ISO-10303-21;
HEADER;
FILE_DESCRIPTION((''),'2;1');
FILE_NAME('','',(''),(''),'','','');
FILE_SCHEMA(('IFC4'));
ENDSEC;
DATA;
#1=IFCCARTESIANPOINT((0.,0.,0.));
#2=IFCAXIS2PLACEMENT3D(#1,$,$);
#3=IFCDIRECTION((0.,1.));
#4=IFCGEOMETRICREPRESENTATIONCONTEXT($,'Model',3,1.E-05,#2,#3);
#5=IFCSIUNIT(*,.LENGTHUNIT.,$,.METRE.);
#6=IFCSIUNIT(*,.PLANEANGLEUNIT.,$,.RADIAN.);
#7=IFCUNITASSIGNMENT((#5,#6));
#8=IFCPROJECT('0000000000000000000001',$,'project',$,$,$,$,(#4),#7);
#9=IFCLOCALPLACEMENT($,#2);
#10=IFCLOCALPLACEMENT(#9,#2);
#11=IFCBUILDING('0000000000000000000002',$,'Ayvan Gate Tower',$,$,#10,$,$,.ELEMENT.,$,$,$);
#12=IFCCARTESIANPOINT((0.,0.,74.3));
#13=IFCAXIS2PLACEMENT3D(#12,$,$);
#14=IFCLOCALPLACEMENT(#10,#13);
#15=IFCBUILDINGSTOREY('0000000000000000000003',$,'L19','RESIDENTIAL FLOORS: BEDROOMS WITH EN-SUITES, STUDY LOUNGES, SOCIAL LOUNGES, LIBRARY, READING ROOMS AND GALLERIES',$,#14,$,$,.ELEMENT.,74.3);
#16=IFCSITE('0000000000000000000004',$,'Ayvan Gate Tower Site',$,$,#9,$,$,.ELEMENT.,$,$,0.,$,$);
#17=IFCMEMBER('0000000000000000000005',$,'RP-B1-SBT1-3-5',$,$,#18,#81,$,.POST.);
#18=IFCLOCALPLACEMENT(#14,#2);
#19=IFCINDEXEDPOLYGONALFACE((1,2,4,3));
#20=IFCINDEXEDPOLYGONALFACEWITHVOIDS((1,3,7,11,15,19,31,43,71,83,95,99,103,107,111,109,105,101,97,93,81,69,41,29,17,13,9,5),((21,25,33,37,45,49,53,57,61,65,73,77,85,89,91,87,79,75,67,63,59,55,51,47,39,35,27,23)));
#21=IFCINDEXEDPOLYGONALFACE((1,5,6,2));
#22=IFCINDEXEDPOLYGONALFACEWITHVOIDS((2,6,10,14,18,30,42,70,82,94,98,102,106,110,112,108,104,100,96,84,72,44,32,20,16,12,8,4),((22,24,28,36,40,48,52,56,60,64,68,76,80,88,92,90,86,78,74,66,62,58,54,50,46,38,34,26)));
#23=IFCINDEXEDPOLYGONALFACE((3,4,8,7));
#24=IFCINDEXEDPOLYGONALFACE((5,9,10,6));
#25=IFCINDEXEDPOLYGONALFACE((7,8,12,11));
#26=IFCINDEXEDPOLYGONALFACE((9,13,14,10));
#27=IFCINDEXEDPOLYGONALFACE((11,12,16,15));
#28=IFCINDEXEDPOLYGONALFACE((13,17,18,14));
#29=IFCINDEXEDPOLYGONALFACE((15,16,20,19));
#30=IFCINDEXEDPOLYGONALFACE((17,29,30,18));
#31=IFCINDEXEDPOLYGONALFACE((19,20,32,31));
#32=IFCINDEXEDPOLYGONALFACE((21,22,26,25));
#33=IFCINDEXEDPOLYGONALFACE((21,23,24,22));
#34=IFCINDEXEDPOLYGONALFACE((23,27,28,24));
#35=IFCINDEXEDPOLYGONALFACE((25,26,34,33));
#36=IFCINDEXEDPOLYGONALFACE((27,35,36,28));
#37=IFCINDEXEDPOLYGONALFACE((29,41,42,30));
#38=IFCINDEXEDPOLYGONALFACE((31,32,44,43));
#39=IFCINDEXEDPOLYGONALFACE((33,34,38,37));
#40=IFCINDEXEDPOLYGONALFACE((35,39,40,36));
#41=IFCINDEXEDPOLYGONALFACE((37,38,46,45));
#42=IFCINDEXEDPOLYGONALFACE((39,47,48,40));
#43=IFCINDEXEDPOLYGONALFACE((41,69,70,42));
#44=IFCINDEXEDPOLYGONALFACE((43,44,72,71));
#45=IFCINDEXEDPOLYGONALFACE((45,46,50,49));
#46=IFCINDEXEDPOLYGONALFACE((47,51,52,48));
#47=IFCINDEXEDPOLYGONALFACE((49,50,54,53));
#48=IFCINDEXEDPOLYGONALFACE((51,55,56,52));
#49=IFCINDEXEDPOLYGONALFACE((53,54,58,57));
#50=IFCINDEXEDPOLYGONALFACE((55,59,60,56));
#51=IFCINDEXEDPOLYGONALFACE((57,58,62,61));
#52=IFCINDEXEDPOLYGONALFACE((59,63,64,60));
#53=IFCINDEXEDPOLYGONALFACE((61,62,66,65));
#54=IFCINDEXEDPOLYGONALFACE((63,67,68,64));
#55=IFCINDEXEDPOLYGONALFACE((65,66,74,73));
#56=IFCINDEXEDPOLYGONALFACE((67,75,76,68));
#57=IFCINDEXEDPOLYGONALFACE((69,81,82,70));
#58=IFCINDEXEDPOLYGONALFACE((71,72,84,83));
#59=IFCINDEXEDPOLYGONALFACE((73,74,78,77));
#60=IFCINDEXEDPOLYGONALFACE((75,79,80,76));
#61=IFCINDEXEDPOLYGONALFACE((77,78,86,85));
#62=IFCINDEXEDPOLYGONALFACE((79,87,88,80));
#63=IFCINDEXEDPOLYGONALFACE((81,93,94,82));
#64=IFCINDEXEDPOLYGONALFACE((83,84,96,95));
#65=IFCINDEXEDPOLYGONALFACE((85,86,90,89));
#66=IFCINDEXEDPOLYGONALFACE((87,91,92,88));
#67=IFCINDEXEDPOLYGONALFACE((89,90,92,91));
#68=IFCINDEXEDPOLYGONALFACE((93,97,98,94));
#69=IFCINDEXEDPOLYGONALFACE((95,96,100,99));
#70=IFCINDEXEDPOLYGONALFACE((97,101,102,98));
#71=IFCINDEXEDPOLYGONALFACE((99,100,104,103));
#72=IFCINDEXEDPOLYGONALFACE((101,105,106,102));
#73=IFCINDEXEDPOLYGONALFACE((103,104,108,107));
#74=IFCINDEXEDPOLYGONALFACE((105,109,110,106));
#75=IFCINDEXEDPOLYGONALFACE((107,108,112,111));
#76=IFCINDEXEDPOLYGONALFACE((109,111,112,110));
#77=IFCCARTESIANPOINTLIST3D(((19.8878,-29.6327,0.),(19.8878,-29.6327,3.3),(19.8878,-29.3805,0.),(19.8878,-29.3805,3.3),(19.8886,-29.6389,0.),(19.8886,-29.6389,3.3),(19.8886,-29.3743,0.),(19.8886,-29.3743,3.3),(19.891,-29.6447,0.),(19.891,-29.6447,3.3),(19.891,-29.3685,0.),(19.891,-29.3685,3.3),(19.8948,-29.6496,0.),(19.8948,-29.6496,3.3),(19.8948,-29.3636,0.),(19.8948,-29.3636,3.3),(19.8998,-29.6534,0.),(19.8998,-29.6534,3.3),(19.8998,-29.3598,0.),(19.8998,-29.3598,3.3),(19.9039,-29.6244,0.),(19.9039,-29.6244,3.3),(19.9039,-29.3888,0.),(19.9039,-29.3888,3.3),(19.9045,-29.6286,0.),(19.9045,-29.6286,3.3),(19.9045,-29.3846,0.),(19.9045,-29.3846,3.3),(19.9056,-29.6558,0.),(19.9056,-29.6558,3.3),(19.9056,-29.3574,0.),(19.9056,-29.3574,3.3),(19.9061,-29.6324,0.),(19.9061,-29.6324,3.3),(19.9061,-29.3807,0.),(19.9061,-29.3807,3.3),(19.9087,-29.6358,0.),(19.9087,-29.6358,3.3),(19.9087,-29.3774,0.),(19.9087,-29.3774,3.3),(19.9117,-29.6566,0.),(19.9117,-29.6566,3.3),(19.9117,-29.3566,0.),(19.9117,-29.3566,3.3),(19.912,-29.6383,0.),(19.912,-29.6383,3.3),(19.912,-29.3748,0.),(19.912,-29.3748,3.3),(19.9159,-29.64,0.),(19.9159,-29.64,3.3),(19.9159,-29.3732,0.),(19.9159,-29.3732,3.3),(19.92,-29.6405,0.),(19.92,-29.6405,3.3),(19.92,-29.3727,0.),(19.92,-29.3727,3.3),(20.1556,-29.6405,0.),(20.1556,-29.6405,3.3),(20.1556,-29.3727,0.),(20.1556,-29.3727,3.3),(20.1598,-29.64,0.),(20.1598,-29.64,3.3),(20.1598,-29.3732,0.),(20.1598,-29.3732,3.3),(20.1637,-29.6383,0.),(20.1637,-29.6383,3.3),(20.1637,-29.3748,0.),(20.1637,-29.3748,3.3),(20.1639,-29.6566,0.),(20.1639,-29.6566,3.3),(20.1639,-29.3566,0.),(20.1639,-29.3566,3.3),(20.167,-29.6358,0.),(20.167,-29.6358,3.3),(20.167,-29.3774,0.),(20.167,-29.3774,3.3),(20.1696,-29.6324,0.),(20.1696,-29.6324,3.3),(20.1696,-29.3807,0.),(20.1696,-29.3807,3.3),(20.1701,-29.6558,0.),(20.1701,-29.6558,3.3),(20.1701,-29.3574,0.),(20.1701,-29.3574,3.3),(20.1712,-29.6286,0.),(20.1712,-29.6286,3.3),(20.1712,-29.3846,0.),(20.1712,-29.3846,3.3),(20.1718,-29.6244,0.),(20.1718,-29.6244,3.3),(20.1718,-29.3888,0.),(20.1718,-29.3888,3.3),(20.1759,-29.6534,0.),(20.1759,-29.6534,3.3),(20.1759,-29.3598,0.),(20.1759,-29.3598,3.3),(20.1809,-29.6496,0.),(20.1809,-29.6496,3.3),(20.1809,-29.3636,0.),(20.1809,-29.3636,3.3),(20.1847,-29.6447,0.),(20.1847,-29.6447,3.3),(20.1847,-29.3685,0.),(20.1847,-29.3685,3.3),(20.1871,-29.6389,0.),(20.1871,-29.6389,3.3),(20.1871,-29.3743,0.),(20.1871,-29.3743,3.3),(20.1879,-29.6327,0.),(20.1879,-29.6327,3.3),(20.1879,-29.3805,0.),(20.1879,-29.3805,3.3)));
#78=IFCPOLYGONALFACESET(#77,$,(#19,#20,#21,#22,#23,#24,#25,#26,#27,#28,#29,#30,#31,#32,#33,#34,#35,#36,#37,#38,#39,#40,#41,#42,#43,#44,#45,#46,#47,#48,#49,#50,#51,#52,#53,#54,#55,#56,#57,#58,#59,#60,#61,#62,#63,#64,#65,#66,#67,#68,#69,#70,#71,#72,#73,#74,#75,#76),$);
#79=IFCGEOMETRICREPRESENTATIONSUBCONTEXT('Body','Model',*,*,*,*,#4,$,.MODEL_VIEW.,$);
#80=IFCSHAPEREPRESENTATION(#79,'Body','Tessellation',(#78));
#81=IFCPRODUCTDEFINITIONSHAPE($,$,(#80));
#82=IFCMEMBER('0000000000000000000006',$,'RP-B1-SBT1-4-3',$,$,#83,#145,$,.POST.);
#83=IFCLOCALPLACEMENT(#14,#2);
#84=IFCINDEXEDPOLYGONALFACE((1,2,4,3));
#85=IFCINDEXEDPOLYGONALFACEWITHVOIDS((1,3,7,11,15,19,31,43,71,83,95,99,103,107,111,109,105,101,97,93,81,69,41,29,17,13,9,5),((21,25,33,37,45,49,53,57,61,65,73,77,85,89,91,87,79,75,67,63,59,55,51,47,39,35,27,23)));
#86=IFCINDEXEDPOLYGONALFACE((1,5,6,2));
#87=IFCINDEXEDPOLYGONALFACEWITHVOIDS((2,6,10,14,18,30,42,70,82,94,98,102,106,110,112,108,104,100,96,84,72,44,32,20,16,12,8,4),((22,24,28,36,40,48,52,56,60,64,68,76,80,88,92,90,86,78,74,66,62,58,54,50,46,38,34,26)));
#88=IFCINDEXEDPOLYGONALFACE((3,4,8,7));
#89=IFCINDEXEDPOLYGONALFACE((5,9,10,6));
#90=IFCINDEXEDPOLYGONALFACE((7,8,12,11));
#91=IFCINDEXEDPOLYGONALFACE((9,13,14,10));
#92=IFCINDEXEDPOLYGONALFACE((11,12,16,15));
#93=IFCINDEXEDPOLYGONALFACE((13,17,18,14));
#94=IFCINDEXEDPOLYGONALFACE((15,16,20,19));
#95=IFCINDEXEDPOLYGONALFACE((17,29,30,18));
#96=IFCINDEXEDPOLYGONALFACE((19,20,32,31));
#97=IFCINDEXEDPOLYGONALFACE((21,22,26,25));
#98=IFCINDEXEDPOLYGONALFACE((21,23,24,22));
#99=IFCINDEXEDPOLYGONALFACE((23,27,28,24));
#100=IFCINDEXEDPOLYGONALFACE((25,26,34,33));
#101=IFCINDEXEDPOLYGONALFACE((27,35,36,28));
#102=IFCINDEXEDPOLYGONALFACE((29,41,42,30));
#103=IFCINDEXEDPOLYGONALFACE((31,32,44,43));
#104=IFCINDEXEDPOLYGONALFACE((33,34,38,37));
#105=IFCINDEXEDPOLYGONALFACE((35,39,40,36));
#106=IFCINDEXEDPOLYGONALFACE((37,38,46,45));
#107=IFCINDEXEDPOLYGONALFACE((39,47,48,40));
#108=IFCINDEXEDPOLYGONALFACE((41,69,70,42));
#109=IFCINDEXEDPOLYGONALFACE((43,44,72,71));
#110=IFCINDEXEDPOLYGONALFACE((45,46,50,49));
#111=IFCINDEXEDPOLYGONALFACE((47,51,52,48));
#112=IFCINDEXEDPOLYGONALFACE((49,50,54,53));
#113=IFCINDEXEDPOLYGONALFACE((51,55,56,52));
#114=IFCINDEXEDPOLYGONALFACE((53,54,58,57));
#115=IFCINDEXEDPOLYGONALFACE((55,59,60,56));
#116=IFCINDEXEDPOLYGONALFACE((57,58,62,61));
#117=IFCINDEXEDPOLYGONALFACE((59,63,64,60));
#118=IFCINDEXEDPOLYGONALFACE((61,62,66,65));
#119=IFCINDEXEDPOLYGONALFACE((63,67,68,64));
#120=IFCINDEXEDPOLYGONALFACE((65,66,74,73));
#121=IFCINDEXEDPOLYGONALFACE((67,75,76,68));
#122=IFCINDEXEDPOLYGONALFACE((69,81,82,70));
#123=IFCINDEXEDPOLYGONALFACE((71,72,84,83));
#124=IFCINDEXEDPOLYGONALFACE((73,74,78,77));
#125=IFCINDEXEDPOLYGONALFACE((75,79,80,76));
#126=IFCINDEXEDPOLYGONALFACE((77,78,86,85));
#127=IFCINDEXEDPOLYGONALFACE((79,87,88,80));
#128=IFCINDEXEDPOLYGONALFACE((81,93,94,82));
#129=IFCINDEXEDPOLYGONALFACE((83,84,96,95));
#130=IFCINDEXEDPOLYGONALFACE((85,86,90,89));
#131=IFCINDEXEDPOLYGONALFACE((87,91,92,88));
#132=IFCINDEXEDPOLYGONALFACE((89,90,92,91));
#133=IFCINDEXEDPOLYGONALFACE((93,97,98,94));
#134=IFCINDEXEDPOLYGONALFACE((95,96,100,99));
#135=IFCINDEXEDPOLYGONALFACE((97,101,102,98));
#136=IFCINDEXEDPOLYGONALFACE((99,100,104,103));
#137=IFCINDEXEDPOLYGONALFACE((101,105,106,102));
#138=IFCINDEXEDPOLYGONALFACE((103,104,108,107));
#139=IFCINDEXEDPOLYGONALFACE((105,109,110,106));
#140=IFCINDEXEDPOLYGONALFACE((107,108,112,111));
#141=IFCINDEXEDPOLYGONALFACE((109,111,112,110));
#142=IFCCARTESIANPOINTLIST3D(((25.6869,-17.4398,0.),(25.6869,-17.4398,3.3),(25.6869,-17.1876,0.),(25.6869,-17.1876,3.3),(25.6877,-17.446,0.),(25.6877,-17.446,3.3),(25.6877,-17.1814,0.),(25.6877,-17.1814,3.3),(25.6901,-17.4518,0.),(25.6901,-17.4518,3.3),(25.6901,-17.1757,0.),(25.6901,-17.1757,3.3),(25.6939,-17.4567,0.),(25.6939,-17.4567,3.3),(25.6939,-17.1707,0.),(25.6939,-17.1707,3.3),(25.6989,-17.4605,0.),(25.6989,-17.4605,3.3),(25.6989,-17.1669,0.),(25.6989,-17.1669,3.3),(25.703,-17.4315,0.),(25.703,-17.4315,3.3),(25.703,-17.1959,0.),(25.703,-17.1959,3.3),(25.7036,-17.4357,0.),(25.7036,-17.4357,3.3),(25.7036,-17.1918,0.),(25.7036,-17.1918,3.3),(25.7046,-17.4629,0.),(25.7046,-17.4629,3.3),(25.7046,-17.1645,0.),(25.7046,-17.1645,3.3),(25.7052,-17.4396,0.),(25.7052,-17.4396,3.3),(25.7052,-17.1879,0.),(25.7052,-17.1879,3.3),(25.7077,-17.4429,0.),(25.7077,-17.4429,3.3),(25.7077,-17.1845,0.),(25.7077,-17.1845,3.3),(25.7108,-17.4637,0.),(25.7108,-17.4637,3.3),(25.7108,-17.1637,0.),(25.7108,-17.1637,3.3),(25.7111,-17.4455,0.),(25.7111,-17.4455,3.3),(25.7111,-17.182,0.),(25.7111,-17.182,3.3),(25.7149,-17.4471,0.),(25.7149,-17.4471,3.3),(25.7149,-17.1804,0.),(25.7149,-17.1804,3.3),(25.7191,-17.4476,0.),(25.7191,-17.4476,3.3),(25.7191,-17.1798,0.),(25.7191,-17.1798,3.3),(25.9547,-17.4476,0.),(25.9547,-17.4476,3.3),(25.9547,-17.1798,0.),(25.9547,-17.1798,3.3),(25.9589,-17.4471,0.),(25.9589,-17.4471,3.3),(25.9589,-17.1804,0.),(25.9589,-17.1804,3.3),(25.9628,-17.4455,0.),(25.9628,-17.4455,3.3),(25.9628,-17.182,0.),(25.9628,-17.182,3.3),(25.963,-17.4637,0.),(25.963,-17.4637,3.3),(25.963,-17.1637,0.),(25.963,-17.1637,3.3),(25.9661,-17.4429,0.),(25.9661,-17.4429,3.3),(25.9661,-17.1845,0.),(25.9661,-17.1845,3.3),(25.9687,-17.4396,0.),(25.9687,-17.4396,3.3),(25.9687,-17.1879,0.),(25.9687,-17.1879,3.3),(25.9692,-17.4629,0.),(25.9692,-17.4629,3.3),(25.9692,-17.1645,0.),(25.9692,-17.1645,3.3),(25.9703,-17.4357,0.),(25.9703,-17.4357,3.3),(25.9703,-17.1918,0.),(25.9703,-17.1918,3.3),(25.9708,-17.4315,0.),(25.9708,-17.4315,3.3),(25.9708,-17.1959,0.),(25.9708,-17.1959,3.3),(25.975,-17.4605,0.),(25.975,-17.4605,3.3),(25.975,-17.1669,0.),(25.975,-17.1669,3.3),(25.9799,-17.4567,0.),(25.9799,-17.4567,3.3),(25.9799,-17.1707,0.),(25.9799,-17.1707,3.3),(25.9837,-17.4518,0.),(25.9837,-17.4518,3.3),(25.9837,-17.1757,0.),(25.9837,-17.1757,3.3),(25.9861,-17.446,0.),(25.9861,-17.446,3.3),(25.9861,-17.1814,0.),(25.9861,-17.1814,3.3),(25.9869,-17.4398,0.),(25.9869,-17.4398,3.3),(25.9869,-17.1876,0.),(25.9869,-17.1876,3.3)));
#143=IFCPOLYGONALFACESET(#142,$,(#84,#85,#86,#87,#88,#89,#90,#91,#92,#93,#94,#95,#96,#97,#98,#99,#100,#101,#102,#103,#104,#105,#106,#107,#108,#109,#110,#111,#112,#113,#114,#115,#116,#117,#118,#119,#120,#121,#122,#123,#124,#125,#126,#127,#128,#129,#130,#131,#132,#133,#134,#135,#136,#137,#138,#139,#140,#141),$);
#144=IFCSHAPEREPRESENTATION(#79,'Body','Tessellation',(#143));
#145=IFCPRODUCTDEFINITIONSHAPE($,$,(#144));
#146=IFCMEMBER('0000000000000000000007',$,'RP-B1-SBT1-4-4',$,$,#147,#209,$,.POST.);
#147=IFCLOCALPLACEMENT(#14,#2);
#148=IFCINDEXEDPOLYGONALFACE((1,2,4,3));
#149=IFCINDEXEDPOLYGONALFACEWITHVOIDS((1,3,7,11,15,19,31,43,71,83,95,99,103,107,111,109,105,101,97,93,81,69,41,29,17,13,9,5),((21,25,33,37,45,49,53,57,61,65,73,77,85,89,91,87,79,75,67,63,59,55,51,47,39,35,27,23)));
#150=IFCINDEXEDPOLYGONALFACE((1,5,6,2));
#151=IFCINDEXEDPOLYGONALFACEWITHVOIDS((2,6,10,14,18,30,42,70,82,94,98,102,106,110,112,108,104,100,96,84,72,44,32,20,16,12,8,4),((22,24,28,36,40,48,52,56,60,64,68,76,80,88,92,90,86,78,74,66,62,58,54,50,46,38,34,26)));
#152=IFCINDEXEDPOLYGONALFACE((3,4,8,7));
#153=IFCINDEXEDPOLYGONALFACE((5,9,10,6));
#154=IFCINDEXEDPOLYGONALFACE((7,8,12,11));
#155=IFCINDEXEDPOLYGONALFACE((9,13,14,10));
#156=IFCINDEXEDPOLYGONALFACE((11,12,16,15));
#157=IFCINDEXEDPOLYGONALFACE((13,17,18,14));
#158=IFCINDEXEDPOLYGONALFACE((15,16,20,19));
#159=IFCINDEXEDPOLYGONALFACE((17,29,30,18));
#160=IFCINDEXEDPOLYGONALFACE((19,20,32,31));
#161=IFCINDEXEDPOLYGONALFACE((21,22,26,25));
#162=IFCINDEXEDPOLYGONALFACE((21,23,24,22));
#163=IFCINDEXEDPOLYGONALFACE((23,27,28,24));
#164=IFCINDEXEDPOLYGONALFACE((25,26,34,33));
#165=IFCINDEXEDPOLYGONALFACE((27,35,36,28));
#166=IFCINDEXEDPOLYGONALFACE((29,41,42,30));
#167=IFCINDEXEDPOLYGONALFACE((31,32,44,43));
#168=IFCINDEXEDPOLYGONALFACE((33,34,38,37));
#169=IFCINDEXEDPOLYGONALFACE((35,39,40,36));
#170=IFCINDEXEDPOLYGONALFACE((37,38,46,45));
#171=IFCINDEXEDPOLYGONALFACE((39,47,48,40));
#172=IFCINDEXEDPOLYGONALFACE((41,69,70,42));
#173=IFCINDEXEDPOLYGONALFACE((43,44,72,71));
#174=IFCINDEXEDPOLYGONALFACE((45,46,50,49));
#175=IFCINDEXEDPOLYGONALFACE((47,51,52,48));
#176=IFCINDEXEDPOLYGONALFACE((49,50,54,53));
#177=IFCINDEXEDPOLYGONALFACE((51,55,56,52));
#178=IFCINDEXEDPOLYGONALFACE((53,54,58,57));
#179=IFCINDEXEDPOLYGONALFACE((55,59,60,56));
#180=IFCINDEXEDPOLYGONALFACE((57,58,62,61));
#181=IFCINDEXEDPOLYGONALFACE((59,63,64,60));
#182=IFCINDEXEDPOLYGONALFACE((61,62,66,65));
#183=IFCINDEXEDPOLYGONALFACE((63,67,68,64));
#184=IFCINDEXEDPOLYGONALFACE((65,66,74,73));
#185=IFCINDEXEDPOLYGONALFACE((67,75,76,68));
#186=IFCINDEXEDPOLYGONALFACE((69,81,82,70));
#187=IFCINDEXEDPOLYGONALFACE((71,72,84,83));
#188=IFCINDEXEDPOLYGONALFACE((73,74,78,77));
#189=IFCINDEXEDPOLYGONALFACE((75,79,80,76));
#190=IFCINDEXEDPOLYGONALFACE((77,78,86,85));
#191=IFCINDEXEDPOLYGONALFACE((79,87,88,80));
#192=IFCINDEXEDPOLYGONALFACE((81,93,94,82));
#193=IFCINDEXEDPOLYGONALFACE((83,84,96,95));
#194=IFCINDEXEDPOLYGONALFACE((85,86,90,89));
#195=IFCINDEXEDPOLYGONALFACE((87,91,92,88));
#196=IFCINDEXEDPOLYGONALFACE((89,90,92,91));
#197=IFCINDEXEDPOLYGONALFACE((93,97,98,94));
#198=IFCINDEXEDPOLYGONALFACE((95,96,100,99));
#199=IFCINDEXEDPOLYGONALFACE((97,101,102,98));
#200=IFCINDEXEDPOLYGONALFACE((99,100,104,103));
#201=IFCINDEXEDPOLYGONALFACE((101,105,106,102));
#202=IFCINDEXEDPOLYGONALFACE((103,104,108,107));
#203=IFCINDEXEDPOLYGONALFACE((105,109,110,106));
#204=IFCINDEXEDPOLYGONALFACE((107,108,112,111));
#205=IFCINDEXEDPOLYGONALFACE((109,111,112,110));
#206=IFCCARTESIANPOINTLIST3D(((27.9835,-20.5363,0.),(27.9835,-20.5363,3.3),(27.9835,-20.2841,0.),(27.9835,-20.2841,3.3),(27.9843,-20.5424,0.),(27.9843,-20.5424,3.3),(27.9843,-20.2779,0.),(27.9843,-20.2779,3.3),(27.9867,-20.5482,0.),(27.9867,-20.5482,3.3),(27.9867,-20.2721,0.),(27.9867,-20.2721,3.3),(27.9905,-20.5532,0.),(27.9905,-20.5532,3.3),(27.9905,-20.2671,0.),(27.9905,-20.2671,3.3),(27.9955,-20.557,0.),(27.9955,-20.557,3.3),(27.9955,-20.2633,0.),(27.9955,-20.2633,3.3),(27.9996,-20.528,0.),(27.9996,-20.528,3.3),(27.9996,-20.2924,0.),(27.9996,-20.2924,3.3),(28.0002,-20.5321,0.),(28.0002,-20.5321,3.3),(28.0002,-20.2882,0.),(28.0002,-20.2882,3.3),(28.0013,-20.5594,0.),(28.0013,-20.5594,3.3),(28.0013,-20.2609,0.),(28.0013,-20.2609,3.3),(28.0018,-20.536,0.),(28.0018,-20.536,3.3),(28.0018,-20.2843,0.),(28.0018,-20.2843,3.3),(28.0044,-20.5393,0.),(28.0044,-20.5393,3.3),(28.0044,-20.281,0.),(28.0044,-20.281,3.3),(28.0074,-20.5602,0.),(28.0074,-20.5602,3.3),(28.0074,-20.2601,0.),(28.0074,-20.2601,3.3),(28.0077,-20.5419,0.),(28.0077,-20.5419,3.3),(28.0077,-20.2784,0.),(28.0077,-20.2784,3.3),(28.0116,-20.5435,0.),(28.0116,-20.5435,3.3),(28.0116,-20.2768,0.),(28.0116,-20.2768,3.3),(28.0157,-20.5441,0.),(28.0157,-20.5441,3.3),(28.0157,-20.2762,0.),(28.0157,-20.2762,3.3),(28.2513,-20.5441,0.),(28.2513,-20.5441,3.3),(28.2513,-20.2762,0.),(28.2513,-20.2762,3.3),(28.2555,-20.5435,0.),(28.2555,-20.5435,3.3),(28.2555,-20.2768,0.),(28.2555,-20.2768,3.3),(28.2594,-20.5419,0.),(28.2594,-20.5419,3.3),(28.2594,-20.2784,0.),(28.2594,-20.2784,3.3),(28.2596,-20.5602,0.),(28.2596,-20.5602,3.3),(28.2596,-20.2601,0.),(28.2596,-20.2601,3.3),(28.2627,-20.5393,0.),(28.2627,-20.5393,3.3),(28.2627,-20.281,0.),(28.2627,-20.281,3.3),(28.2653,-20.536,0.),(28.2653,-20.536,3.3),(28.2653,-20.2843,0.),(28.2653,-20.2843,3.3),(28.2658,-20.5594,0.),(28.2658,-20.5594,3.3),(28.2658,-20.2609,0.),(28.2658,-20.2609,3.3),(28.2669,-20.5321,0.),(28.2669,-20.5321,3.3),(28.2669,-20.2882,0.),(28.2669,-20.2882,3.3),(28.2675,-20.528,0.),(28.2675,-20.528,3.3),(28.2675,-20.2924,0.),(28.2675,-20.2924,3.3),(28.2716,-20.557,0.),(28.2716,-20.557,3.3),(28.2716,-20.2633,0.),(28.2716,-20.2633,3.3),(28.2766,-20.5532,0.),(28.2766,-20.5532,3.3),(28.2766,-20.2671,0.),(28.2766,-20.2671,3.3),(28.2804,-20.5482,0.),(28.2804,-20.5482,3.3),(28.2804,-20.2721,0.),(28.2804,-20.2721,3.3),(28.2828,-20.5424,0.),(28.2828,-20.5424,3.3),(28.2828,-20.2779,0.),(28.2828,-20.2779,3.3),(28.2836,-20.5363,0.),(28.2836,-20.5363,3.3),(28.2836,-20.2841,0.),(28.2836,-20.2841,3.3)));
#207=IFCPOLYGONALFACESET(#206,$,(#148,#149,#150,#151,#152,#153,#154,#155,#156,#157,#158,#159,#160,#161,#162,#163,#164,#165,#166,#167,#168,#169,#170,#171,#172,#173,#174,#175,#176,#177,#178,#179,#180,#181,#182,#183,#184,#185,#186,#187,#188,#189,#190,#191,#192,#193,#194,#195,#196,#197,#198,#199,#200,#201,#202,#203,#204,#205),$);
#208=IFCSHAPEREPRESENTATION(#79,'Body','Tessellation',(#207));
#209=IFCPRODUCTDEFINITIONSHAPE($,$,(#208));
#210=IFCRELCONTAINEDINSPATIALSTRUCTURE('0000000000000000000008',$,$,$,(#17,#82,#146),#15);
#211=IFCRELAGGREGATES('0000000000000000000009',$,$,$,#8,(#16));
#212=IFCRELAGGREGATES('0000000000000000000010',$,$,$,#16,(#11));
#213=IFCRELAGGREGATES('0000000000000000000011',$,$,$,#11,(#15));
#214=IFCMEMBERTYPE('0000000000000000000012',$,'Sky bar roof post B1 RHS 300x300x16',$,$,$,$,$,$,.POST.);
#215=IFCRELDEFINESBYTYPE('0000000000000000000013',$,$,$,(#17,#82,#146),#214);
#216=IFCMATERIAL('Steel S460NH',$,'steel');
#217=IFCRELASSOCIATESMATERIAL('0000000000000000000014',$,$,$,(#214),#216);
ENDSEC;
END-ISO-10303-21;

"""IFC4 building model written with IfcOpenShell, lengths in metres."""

from ifc_helpers import new_model, si_unit, direction, frame, origin, origin_2d, place, context, subcontext, project, spatial, hollow_rectangle, extrude, material, material_profile, profile_set, type_object, element, save


model = new_model("IFC4")

# Units and contexts
model_context = context("Model", 3, precision=1e-05, world=origin(), true_north=direction((0.0, 1.0)))
body_context = subcontext(model_context, "Body", "Model", "MODEL_VIEW")
ifc_project = project(units=[si_unit("LENGTHUNIT", "METRE"), si_unit("PLANEANGLEUNIT", "RADIAN")], contexts=[model_context])

# Site, building, storey
site_placement = place(None, origin())
site = spatial("IfcSite", under=ifc_project, at=site_placement, Name="Ayvan Gate Tower Site", CompositionType="ELEMENT", RefElevation=0.0)
building_placement = place(site_placement, origin())
building = spatial("IfcBuilding", under=site, at=building_placement, Name="Ayvan Gate Tower", CompositionType="ELEMENT")
storey_placement = place(building_placement, frame((0.0, 0.0, 74.3)))
storey = spatial("IfcBuildingStorey", under=building, at=storey_placement, Name="L19", Description="RESIDENTIAL FLOORS: BEDROOMS WITH EN-SUITES, STUDY LOUNGES, SOCIAL LOUNGES, LIBRARY, READING ROOMS AND GALLERIES", CompositionType="ELEMENT", Elevation=74.3)

# Members
ifc_material_1 = material(Name="Steel S460NH", Category="steel")
ifc_material_profile_1 = material_profile(ifc_material_1, hollow_rectangle(XDim=0.3, YDim=0.3, WallThickness=0.0161, InnerFilletRadius=0.0161, OuterFilletRadius=0.0239, at=origin_2d()), Name="RHS 300x300x16")
ifc_profile_set_1 = profile_set([ifc_material_profile_1], Name="Steel S460NH")
member_type_1 = type_object("IfcMemberType", Name="Sky bar roof post B1 RHS 300x300x16", PredefinedType="POST", material=ifc_profile_set_1)
for number, where, z_axis, x_axis, name in (
    (1, (20.0378, -29.5066, 0.0), (0.0, 0.0, 1.0), (1.0, 0.0, 0.0), "RP-B1-SBT1-3-5"),
    (2, (25.8369, -17.3137, 0.0), (0.0, 0.0, 1.0), (1.0, 0.0, 0.0), "RP-B1-SBT1-4-3"),
    (3, (28.1335, -20.4102, 0.0), (0.0, 0.0, 1.0), (1.0, 0.0, 0.0), "RP-B1-SBT1-4-4"),
):
    element("IfcMember", number, at=place(storey_placement, frame(where, z_axis=z_axis, x_axis=x_axis)), inside=storey, type_object=member_type_1, Name=name, PredefinedType="POST", context=body_context, shape_type="SweptSolid", body=[
        extrude(hollow_rectangle(XDim=0.3, YDim=0.3, WallThickness=0.0161, InnerFilletRadius=0.0161, OuterFilletRadius=0.0239, at=origin_2d()), origin(), (0.0, 0.0, 1.0), 3.3),
    ])

save(model, "model.ifc")
